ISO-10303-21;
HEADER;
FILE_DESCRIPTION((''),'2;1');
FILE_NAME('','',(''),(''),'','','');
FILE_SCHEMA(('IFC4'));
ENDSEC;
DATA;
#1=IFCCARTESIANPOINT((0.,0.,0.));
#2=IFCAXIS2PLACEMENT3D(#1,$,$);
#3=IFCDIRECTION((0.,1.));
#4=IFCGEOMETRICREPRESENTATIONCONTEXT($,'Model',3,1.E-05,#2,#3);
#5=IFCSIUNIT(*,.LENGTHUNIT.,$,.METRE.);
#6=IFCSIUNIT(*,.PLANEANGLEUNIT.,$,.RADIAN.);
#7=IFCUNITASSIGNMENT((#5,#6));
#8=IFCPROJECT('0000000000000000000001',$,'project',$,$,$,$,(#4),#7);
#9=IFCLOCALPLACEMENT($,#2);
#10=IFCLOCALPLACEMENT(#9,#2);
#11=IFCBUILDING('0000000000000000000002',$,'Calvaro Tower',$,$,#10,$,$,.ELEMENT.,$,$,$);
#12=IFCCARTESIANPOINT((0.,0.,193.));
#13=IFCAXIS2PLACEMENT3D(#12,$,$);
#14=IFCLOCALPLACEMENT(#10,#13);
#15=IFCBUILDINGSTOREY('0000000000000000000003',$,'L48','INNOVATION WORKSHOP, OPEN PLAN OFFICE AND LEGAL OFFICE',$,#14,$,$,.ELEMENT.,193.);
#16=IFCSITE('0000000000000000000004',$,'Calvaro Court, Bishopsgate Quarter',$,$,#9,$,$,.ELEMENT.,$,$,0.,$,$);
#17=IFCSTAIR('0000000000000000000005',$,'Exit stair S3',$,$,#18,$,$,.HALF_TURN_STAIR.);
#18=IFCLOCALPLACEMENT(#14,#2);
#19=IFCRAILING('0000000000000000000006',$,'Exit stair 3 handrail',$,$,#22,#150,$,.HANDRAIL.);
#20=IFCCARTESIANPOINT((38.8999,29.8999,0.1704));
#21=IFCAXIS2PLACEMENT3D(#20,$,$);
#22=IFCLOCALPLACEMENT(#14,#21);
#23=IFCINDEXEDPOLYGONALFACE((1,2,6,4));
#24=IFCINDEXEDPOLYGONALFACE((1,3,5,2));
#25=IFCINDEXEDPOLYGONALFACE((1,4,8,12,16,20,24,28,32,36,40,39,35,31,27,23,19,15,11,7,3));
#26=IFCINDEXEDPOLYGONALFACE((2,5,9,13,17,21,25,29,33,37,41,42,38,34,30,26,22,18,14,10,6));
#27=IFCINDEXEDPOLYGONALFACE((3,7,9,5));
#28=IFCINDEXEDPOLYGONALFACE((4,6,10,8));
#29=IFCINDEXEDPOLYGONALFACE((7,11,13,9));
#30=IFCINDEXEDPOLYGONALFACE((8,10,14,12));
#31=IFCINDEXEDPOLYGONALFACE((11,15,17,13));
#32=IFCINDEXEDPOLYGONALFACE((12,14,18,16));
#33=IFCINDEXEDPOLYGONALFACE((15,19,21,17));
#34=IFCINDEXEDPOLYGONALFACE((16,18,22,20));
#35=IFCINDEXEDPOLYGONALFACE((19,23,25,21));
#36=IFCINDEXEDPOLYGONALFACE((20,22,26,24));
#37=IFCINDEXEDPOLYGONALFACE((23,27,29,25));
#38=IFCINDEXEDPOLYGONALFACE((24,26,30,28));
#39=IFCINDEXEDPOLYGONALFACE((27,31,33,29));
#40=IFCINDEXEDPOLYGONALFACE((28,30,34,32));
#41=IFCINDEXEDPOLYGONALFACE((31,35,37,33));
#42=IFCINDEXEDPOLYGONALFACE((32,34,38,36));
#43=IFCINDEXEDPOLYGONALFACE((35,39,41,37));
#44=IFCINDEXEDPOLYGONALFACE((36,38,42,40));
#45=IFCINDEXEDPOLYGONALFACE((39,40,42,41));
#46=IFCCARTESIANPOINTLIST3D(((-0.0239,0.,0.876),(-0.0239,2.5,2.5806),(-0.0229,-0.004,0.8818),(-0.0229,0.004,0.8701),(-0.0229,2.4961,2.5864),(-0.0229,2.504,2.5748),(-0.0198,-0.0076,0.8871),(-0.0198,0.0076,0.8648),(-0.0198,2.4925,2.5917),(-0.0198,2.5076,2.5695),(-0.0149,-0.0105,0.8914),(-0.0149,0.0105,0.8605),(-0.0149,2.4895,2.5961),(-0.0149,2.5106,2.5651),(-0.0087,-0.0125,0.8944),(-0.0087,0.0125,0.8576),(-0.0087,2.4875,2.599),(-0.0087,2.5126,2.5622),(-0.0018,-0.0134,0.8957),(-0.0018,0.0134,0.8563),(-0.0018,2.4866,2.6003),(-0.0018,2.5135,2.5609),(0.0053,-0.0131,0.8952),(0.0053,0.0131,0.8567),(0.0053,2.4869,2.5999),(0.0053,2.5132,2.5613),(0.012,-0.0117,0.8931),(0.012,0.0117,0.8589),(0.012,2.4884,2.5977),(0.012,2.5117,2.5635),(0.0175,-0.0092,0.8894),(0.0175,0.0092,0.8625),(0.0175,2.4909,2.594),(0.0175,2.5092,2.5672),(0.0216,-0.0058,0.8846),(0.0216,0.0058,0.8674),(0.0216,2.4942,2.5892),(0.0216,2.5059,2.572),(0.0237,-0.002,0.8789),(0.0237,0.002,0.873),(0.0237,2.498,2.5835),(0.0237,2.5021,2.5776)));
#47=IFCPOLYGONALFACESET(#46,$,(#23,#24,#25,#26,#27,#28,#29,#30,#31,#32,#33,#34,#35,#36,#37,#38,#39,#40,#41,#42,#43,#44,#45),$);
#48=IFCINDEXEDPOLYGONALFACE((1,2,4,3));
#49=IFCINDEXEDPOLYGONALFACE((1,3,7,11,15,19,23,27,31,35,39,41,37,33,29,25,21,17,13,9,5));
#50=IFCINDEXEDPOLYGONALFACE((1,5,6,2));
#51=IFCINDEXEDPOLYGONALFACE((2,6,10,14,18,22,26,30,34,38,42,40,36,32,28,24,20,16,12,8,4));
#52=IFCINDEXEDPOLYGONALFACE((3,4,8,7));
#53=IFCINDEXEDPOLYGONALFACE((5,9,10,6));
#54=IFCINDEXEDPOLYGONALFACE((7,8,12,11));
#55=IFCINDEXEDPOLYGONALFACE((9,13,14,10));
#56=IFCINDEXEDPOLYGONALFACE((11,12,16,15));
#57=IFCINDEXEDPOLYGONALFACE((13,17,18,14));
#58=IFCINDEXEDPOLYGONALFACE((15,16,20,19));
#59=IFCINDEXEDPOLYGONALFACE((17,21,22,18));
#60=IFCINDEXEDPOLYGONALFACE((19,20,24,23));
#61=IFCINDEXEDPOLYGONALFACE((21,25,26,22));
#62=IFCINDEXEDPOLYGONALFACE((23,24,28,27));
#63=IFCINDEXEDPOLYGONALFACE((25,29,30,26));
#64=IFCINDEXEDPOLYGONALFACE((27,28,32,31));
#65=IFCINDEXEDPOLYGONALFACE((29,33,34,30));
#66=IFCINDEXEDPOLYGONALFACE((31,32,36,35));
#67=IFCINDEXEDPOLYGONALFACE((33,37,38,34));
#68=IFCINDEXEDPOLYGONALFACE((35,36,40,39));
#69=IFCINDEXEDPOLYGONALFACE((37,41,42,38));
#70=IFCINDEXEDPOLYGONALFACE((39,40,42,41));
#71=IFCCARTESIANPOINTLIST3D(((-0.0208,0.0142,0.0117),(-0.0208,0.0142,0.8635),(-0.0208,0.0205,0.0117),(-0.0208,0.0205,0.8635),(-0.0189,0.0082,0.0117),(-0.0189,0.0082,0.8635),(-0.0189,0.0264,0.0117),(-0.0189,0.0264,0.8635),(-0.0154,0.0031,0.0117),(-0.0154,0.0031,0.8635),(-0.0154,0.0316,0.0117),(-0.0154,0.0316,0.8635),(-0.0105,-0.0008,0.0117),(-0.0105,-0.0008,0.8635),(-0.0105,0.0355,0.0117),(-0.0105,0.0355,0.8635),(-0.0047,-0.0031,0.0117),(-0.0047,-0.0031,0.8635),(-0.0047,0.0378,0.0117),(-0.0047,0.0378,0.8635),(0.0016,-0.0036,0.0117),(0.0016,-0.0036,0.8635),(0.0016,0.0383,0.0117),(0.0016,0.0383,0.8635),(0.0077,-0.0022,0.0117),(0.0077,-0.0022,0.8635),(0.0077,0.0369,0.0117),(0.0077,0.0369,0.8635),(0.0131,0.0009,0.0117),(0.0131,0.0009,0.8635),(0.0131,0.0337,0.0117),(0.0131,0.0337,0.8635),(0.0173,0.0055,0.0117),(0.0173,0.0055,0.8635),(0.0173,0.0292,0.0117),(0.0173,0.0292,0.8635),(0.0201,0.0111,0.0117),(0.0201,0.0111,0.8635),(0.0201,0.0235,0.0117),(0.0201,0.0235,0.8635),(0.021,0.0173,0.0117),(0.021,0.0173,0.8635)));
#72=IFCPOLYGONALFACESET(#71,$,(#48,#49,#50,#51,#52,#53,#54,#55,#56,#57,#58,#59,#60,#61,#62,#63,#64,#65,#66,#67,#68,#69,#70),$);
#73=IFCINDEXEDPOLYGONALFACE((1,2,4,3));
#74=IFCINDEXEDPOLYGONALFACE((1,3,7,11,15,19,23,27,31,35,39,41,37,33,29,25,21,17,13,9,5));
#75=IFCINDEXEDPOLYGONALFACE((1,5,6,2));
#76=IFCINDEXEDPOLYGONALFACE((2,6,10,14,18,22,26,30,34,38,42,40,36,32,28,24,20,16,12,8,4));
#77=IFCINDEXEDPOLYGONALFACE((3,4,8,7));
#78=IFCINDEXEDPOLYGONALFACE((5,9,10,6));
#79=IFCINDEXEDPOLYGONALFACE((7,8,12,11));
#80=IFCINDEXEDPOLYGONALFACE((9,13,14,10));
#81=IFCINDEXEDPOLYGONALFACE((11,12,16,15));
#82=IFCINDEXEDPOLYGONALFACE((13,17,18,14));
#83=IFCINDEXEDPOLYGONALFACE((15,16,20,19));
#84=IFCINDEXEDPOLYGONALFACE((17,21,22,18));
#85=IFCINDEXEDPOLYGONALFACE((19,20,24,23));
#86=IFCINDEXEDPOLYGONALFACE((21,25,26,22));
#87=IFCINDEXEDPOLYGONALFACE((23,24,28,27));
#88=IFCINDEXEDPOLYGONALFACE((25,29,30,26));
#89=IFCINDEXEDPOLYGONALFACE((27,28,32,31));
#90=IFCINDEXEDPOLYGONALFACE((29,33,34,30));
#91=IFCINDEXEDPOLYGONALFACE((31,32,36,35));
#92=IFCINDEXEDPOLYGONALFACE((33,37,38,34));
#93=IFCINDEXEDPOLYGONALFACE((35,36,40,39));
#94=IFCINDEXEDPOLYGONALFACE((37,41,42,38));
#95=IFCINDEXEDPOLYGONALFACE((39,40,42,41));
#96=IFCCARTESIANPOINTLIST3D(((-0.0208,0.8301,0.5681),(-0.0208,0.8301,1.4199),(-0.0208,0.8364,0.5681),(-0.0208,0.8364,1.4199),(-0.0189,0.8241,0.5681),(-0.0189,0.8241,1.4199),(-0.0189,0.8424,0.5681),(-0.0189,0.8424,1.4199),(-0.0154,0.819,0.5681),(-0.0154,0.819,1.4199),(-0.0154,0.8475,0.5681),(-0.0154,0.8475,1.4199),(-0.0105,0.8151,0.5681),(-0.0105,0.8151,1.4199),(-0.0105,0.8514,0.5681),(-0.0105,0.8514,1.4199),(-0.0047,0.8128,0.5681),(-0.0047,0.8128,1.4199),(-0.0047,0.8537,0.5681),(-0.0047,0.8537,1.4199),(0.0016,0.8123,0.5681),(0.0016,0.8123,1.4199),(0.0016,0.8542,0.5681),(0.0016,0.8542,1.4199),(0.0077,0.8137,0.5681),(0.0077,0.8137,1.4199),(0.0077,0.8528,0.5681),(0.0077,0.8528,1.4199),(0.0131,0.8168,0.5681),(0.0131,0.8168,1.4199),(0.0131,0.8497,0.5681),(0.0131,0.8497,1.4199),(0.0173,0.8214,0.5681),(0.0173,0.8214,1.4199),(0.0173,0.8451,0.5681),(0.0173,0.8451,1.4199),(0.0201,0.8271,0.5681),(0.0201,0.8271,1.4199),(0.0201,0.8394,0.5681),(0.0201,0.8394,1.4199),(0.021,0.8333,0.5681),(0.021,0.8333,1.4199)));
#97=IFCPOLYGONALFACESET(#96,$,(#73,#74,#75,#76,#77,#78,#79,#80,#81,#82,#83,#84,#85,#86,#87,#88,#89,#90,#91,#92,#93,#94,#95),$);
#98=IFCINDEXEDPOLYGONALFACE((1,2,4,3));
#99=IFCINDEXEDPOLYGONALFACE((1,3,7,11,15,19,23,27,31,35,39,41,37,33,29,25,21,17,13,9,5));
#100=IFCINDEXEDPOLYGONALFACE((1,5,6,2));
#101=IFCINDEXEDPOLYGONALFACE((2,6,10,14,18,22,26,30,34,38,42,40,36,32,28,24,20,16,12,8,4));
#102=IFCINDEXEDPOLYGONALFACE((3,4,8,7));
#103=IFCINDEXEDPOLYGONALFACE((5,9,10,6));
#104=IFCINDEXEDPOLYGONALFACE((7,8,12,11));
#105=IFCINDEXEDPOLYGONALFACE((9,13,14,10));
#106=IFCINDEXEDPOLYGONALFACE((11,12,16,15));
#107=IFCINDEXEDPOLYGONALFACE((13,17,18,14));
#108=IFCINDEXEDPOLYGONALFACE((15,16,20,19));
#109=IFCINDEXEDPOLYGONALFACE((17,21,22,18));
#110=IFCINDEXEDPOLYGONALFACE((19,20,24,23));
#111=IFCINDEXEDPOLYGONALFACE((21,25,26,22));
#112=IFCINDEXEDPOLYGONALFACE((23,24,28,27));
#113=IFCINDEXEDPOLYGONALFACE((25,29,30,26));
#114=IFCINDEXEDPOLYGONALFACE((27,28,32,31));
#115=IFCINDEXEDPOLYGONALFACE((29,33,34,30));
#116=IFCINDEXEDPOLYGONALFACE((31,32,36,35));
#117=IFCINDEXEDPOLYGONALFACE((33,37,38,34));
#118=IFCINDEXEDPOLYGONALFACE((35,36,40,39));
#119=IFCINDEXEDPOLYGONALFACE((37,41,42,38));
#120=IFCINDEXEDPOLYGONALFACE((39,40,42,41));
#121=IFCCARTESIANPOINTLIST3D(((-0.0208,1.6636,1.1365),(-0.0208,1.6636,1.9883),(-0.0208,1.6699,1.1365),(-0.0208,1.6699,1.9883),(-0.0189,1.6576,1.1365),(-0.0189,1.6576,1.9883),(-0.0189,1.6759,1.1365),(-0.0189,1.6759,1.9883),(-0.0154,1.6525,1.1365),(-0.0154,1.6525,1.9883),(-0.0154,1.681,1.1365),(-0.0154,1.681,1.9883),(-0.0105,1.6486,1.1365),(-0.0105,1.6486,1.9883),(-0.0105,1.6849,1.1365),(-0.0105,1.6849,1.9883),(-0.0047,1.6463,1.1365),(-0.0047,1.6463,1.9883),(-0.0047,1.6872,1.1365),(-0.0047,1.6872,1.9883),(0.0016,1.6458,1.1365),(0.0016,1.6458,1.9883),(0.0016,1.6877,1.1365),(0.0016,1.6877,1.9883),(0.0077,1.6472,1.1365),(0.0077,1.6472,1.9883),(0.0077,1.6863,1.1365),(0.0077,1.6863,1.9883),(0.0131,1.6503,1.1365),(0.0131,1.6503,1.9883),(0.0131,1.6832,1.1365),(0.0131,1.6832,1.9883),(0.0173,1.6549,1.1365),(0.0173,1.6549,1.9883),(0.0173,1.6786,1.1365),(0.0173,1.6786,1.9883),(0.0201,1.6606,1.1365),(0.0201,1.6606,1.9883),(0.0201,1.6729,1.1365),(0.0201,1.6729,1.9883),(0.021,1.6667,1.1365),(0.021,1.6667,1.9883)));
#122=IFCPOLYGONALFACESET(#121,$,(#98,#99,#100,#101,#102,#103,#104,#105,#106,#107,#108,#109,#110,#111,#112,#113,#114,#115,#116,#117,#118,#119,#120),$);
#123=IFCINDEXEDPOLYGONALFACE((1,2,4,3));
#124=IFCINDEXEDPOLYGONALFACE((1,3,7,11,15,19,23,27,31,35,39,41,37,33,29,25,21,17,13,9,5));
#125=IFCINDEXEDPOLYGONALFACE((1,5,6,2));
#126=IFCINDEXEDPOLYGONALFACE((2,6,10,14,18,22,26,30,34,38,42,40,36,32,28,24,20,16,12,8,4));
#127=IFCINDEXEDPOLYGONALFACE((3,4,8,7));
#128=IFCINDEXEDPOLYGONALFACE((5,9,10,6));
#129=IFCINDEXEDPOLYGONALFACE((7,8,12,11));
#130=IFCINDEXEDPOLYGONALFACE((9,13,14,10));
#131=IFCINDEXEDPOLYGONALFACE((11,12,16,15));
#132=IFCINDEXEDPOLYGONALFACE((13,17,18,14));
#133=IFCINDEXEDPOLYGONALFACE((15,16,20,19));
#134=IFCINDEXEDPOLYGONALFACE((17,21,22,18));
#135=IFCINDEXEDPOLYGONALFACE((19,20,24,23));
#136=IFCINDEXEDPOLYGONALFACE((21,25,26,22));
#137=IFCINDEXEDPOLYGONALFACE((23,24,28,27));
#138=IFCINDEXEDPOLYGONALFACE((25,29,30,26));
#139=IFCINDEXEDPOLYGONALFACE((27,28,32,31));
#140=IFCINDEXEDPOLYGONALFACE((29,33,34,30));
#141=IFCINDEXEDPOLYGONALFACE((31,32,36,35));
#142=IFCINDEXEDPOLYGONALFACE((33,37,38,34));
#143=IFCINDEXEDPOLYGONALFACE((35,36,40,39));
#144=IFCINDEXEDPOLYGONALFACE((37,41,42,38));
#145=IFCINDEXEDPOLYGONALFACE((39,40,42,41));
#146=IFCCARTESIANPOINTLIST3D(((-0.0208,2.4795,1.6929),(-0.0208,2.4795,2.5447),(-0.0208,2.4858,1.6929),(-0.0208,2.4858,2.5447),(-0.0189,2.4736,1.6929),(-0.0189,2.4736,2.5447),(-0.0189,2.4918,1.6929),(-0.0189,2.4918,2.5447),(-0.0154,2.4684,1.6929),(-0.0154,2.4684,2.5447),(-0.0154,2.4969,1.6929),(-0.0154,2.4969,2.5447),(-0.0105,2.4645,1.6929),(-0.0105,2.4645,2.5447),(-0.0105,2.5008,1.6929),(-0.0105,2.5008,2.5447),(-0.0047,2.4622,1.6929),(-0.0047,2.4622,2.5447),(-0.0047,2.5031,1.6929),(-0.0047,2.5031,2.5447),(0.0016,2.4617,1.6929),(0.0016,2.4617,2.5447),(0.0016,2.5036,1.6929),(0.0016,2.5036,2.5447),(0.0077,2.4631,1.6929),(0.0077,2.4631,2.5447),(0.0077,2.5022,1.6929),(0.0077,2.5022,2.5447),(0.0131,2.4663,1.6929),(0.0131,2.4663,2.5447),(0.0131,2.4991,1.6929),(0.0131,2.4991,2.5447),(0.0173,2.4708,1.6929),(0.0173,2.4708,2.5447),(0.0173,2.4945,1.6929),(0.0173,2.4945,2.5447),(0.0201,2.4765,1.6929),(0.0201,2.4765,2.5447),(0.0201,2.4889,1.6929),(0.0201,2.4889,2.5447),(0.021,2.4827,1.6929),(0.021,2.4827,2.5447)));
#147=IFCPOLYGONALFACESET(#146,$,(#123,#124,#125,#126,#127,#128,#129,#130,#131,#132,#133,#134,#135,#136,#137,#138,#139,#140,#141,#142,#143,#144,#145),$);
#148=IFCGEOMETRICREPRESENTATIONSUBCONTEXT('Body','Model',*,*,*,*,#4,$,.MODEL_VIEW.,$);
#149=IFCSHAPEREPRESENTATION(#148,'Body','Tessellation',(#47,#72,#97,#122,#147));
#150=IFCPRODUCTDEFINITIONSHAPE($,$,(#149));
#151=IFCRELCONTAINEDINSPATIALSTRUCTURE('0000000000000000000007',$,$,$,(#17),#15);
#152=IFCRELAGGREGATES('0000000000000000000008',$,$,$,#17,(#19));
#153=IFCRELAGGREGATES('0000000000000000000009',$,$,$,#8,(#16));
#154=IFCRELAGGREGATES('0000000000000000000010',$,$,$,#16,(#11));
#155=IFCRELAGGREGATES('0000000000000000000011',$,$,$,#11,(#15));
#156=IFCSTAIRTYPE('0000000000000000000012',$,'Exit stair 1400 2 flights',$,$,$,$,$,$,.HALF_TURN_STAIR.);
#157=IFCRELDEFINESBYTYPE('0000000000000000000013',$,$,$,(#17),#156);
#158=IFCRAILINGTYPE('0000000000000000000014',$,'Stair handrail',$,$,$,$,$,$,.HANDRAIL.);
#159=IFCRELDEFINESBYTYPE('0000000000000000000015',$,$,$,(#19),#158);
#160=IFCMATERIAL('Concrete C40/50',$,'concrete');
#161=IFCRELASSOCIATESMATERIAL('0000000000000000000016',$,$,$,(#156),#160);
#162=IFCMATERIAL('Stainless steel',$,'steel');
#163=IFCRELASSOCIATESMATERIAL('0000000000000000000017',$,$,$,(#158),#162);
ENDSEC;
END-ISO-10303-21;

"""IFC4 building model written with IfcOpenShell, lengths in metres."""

from ifc_helpers import new_model, si_unit, direction, frame, origin, origin_2d, place, context, subcontext, project, spatial, circle, extrude, material, type_object, element, aggregate, save


model = new_model("IFC4")

# Units and contexts
model_context = context("Model", 3, precision=1e-05, world=origin(), true_north=direction((0.0, 1.0)))
body_context = subcontext(model_context, "Body", "Model", "MODEL_VIEW")
ifc_project = project(units=[si_unit("LENGTHUNIT", "METRE"), si_unit("PLANEANGLEUNIT", "RADIAN")], contexts=[model_context])

# Site, building, storey
site_placement = place(None, origin())
site = spatial("IfcSite", under=ifc_project, at=site_placement, Name="Calvaro Court, Bishopsgate Quarter", CompositionType="ELEMENT", RefElevation=0.0)
building_placement = place(site_placement, origin())
building = spatial("IfcBuilding", under=site, at=building_placement, Name="Calvaro Tower", CompositionType="ELEMENT")
storey_placement = place(building_placement, frame((0.0, 0.0, 193.0)))
storey = spatial("IfcBuildingStorey", under=building, at=storey_placement, Name="L48", Description="INNOVATION WORKSHOP, OPEN PLAN OFFICE AND LEGAL OFFICE", CompositionType="ELEMENT", Elevation=193.0)

# Stair, railing
ifc_material_1 = material(Name="Concrete C40/50", Category="concrete")
stair_type = type_object("IfcStairType", Name="Exit stair 1400 2 flights", PredefinedType="HALF_TURN_STAIR", material=ifc_material_1)
stair_placement = place(storey_placement, origin())
stair = element("IfcStair", 1, at=stair_placement, inside=storey, type_object=stair_type, Name="Exit stair S3", PredefinedType="HALF_TURN_STAIR")
ifc_material_2 = material(Name="Stainless steel", Category="steel")
railing_type = type_object("IfcRailingType", Name="Stair handrail", PredefinedType="HANDRAIL", material=ifc_material_2)
railing_1_placement = place(storey_placement, frame((38.8999, 29.8999, 0.1704)))
railing_1 = element("IfcRailing", 2, at=railing_1_placement, type_object=railing_type, Name="Exit stair 3 handrail", PredefinedType="HANDRAIL", context=body_context, shape_type="SweptSolid", body=[
    extrude(circle(Radius=0.0239, at=origin_2d()), frame((0.0, 0.0, 0.876), z_axis=(0.0, 0.826221, 0.563347), x_axis=(-1.0, 0.0, 0.0)), (0.0, 0.0, 1.0), 3.0259),
    extrude(circle(Radius=0.021, at=origin_2d()), frame((0.0, 0.0173, 0.0117)), (0.0, 0.0, 1.0), 0.8518),
    extrude(circle(Radius=0.021, at=origin_2d()), frame((0.0, 0.8333, 0.5681)), (0.0, 0.0, 1.0), 0.8518),
    extrude(circle(Radius=0.021, at=origin_2d()), frame((0.0, 1.6667, 1.1365)), (0.0, 0.0, 1.0), 0.8518),
    extrude(circle(Radius=0.021, at=origin_2d()), frame((0.0, 2.4827, 1.6929)), (0.0, 0.0, 1.0), 0.8518),
])
aggregate(stair, [railing_1])

save(model, "model.ifc")
